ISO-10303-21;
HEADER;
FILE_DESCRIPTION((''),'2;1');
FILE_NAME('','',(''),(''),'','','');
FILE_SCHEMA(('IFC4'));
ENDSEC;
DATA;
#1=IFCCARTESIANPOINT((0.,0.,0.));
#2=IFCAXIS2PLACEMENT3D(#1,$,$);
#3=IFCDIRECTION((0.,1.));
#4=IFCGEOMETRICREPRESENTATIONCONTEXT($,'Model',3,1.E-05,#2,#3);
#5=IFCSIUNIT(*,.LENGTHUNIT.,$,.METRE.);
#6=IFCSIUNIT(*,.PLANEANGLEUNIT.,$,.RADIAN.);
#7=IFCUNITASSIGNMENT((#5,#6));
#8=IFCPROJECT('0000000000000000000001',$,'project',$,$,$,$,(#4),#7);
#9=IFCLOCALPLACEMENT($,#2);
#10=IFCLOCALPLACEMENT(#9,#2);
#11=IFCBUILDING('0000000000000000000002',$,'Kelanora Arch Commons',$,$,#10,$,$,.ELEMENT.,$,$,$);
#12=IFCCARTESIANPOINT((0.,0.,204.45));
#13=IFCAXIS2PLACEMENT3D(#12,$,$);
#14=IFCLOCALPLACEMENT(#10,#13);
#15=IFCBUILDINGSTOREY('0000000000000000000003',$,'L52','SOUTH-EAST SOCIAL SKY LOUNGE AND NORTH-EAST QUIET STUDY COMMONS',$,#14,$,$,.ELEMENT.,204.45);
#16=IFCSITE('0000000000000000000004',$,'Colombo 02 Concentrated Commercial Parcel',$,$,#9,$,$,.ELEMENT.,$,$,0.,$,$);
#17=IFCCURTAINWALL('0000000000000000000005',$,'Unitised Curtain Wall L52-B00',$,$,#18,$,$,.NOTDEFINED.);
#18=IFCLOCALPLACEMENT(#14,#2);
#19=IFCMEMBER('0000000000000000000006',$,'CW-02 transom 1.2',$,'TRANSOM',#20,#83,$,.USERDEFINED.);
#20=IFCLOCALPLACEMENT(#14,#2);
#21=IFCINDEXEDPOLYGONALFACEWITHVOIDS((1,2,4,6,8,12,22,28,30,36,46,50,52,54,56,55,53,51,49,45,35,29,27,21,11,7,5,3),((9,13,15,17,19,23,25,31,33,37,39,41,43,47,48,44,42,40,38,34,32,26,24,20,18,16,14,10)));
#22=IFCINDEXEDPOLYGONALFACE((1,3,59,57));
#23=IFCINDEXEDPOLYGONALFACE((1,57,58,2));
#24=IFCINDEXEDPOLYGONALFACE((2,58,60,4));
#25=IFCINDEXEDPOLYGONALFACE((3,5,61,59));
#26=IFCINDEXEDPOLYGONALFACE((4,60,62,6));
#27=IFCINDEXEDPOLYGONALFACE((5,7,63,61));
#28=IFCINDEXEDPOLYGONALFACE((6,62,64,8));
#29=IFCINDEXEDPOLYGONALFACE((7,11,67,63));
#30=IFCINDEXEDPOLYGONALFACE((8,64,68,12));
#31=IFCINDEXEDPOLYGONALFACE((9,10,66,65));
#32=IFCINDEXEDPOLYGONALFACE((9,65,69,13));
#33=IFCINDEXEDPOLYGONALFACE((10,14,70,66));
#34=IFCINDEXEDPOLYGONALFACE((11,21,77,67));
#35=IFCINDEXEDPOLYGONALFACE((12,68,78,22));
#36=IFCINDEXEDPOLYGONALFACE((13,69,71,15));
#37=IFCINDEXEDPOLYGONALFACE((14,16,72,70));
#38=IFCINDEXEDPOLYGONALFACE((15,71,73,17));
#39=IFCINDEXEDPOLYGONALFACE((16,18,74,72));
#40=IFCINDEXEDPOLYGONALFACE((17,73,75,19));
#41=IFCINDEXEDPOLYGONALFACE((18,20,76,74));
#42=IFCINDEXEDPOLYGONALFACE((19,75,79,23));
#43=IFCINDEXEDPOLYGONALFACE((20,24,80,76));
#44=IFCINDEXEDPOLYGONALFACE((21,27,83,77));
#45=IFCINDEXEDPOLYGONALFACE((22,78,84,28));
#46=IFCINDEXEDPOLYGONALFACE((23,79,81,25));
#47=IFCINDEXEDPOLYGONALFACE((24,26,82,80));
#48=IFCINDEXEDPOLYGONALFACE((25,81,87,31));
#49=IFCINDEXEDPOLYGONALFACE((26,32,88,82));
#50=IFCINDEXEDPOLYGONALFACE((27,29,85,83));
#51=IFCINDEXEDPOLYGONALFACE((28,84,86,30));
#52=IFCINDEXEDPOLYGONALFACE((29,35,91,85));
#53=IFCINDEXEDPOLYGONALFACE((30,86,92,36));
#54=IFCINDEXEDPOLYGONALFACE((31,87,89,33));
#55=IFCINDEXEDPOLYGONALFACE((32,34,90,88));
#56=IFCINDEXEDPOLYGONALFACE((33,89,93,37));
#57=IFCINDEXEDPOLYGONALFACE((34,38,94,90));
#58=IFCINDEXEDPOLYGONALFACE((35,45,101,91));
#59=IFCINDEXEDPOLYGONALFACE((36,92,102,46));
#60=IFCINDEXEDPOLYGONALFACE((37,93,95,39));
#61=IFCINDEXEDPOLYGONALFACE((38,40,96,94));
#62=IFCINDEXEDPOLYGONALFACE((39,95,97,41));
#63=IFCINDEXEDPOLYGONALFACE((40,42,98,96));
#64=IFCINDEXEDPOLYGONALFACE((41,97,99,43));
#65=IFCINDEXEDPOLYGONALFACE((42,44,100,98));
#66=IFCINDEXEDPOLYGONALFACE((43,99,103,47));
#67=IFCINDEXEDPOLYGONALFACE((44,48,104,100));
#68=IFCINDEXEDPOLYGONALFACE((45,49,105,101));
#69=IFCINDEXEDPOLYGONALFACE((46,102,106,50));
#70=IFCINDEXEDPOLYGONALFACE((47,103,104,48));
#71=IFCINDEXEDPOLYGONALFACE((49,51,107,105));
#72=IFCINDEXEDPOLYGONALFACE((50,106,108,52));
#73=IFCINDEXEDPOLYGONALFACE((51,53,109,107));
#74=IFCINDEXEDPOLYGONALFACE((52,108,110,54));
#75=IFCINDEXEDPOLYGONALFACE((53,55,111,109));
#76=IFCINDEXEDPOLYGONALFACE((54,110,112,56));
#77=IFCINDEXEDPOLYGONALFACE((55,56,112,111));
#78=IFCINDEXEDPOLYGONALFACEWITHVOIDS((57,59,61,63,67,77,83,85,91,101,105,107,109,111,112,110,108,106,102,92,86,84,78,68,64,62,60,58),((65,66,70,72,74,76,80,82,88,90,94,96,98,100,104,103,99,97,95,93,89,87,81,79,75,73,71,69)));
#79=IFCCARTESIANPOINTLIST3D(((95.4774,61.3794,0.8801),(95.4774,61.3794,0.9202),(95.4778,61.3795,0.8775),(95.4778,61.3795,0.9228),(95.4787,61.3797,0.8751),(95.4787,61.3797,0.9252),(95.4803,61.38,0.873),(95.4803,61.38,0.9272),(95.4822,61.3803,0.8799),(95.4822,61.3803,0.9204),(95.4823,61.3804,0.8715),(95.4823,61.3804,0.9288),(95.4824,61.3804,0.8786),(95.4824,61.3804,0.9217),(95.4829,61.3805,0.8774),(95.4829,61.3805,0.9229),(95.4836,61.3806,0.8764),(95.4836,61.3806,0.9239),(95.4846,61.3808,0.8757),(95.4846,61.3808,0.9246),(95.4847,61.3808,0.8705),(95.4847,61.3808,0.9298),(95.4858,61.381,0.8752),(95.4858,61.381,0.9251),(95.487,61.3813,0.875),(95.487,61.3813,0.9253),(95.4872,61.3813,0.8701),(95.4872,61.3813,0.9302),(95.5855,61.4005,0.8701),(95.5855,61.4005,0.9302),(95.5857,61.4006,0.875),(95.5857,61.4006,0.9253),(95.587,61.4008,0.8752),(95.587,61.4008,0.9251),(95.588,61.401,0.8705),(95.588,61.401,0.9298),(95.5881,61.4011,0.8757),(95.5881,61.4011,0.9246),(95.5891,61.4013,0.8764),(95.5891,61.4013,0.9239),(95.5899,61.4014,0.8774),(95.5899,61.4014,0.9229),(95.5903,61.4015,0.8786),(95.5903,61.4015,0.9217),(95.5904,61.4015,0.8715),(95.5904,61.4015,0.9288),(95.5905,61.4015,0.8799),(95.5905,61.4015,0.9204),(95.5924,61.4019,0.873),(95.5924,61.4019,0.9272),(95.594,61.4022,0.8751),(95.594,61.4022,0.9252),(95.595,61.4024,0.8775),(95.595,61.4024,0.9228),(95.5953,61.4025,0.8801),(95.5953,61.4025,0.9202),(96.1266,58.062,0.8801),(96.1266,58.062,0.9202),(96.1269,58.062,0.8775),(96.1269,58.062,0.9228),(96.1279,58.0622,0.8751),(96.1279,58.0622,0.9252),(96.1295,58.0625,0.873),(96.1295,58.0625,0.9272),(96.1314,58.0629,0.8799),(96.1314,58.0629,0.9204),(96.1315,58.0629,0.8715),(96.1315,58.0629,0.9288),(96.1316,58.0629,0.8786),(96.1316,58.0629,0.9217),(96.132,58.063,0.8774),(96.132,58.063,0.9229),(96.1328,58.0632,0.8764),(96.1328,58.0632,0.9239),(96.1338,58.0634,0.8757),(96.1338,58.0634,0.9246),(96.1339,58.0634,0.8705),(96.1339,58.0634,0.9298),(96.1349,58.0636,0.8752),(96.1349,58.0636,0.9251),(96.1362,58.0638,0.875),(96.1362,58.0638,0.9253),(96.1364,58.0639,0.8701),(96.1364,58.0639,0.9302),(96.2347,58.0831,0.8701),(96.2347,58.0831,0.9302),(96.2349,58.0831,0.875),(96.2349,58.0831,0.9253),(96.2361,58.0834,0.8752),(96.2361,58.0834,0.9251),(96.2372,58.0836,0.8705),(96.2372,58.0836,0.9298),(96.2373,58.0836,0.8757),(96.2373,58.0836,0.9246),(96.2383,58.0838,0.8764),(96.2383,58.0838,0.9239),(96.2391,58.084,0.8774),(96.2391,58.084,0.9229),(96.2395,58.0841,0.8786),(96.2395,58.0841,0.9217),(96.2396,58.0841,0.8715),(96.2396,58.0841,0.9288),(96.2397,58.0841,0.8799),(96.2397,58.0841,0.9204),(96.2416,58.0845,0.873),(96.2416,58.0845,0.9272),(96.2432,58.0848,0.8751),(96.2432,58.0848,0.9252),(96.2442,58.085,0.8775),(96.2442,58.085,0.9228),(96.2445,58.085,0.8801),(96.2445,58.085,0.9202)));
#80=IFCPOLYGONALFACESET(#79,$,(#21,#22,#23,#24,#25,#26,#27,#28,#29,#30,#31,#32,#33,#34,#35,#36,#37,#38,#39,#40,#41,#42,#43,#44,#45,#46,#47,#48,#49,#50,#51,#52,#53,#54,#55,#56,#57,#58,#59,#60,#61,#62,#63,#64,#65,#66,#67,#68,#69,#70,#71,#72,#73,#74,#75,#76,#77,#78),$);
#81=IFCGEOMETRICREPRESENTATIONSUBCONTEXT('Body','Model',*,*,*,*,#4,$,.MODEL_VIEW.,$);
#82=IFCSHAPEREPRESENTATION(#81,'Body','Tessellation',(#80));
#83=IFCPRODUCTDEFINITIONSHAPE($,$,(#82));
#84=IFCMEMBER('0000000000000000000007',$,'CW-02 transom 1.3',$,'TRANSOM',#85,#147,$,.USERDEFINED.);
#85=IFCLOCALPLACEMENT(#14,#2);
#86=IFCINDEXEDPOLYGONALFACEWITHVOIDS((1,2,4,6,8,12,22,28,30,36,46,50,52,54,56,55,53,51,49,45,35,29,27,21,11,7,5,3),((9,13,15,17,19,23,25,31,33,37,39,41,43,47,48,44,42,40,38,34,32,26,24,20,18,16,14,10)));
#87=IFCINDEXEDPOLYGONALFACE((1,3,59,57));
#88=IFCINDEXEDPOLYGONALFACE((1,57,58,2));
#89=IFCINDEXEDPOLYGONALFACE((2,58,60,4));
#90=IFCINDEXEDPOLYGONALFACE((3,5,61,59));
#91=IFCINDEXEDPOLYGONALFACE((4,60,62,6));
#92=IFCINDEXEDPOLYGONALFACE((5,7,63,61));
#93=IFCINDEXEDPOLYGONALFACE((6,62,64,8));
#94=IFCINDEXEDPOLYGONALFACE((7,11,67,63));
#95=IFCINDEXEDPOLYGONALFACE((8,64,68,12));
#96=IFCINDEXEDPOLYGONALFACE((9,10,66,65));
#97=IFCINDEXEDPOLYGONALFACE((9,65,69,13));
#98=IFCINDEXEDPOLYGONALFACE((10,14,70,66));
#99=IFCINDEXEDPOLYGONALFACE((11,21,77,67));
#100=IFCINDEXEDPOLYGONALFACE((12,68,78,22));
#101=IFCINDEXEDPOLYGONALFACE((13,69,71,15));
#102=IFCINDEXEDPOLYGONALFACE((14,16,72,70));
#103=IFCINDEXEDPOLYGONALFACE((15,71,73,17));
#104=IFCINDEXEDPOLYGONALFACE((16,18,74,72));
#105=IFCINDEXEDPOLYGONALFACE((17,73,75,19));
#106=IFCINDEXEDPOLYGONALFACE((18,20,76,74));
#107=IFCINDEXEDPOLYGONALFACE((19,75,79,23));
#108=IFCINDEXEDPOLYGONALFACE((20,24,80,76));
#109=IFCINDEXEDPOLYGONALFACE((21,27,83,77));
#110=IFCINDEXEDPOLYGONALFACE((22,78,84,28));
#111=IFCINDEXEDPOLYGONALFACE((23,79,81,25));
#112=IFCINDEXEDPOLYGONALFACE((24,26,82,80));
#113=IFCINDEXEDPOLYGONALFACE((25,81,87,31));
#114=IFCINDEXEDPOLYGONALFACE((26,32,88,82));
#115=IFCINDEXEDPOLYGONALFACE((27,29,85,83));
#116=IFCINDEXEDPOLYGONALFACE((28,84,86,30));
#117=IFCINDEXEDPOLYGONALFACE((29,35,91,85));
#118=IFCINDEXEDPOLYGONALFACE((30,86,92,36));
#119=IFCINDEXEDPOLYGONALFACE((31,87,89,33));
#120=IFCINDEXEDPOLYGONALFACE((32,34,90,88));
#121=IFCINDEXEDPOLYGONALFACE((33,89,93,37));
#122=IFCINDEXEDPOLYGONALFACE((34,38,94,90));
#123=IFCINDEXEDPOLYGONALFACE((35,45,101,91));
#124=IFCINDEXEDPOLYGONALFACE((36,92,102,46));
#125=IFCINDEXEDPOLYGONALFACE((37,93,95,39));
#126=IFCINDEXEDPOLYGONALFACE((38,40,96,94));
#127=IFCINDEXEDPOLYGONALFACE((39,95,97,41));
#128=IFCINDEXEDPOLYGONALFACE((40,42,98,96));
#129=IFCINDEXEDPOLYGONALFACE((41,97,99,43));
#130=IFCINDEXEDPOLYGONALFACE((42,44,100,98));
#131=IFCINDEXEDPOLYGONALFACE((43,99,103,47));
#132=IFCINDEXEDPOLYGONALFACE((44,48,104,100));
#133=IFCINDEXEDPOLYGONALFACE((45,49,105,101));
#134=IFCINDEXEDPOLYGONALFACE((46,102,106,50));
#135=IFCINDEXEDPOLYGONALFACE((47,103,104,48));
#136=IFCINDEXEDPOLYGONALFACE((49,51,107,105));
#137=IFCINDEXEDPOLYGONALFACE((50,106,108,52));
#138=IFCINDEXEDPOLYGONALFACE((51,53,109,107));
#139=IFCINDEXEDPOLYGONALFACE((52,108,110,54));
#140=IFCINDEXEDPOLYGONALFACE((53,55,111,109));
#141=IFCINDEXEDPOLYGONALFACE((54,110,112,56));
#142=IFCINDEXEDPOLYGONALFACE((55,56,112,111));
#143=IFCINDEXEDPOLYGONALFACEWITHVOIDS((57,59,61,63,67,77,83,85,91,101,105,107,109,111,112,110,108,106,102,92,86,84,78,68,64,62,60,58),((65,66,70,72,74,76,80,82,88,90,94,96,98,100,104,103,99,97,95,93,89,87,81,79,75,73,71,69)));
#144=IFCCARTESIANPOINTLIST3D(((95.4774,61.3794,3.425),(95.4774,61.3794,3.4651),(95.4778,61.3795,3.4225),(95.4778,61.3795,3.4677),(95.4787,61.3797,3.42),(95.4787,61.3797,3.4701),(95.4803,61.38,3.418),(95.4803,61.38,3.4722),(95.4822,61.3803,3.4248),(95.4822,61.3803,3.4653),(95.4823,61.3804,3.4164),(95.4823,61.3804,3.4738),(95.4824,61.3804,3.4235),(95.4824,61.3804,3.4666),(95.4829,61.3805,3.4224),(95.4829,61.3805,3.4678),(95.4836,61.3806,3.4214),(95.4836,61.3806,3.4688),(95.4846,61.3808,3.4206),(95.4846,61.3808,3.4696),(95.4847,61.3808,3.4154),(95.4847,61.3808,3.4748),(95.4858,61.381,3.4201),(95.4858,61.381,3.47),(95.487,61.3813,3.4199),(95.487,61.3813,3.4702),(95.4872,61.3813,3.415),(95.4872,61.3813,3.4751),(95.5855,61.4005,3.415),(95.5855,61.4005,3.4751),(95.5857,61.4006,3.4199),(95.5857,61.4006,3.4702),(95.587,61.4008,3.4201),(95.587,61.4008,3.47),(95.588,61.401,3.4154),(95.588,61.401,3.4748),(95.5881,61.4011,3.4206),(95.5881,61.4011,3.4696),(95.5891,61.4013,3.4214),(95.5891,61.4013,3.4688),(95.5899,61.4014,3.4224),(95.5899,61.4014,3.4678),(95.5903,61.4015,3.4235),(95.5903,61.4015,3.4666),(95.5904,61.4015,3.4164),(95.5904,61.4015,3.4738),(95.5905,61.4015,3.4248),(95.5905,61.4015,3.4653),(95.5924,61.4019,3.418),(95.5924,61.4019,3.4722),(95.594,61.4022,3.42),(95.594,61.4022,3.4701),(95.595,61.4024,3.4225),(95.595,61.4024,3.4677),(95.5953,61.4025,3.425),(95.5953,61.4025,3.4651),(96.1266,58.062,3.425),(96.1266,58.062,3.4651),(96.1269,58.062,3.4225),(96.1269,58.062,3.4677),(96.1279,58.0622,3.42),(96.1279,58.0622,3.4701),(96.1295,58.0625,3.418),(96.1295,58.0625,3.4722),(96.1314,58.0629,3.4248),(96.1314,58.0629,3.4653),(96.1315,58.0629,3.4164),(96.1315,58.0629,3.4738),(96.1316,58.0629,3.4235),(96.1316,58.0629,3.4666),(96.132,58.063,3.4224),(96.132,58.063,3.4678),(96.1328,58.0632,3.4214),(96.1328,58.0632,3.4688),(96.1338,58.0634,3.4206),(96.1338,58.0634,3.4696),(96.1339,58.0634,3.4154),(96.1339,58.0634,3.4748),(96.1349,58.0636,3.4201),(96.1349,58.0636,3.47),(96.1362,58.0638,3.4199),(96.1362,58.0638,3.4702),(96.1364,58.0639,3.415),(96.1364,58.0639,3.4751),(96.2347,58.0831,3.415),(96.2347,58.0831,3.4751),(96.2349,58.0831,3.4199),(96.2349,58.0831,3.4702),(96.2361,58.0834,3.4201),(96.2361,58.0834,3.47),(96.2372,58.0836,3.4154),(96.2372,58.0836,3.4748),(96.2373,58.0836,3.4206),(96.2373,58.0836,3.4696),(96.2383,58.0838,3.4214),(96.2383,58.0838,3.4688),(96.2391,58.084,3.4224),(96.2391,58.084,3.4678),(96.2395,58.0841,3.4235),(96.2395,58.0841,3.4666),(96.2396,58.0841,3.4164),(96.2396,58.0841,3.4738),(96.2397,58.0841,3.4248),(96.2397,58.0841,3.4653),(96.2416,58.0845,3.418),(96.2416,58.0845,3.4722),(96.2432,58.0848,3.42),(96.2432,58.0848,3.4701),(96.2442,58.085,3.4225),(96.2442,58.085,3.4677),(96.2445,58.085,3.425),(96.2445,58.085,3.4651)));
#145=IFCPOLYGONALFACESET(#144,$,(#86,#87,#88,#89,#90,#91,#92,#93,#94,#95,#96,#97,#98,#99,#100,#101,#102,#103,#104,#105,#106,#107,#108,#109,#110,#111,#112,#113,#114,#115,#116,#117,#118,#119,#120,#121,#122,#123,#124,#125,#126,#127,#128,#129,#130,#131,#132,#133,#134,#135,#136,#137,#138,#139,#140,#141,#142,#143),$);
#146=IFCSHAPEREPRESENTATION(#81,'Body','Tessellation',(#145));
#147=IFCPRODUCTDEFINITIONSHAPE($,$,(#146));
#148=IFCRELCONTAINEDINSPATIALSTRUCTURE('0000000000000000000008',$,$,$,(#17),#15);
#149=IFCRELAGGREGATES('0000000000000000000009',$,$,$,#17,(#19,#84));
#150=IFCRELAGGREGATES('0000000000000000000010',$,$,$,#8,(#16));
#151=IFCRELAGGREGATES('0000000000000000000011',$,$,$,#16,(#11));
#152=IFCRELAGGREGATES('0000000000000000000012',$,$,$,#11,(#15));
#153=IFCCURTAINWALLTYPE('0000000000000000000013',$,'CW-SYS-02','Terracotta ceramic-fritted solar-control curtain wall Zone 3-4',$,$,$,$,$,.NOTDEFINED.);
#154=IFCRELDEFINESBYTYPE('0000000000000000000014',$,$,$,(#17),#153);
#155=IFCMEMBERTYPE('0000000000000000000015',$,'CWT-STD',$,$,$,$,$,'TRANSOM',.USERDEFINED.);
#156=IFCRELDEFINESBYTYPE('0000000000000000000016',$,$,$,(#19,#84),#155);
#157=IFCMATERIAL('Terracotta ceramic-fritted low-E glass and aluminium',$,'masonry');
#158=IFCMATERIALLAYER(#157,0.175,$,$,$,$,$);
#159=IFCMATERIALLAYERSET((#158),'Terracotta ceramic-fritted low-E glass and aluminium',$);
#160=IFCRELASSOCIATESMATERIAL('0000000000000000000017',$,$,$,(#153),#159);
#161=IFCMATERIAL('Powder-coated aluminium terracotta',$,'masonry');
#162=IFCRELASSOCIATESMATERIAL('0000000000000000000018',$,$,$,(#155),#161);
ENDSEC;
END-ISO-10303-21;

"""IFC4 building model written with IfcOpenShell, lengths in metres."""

from ifc_helpers import new_model, si_unit, direction, frame, origin, origin_2d, place, context, subcontext, project, spatial, hollow_rectangle, extrude, material, layer, layer_set, material_profile, profile_set, type_object, element, aggregate, save


model = new_model("IFC4")

# Units and contexts
model_context = context("Model", 3, precision=1e-05, world=origin(), true_north=direction((0.0, 1.0)))
body_context = subcontext(model_context, "Body", "Model", "MODEL_VIEW")
ifc_project = project(units=[si_unit("LENGTHUNIT", "METRE"), si_unit("PLANEANGLEUNIT", "RADIAN")], contexts=[model_context])

# Site, building, storey
site_placement = place(None, origin())
site = spatial("IfcSite", under=ifc_project, at=site_placement, Name="Colombo 02 Concentrated Commercial Parcel", CompositionType="ELEMENT", RefElevation=0.0)
building_placement = place(site_placement, origin())
building = spatial("IfcBuilding", under=site, at=building_placement, Name="Kelanora Arch Commons", CompositionType="ELEMENT")
storey_placement = place(building_placement, frame((0.0, 0.0, 204.45)))
storey = spatial("IfcBuildingStorey", under=building, at=storey_placement, Name="L52", Description="SOUTH-EAST SOCIAL SKY LOUNGE AND NORTH-EAST QUIET STUDY COMMONS", CompositionType="ELEMENT", Elevation=204.45)

# Curtain wall, members
ifc_material_1 = material(Name="Terracotta ceramic-fritted low-E glass and aluminium", Category="masonry")
ifc_layer_1 = layer(ifc_material_1, 0.175)
ifc_layer_set_1 = layer_set([ifc_layer_1], Name="Terracotta ceramic-fritted low-E glass and aluminium")
curtain_wall_type = type_object("IfcCurtainWallType", Name="CW-SYS-02", Description="Terracotta ceramic-fritted solar-control curtain wall Zone 3-4", PredefinedType="NOTDEFINED", material=ifc_layer_set_1)
curtain_wall_placement = place(storey_placement, origin())
curtain_wall = element("IfcCurtainWall", 1, at=curtain_wall_placement, inside=storey, type_object=curtain_wall_type, Name="Unitised Curtain Wall L52-B00", PredefinedType="NOTDEFINED")
ifc_material_2 = material(Name="Powder-coated aluminium terracotta", Category="masonry")
ifc_material_profile_1 = material_profile(ifc_material_2, hollow_rectangle(XDim=0.1201, YDim=0.0601, WallThickness=0.0049, InnerFilletRadius=0.0049, OuterFilletRadius=0.01, at=origin_2d()), Name="CWT120x60")
ifc_profile_set_1 = profile_set([ifc_material_profile_1], Name="Powder-coated aluminium terracotta")
member_type_1 = type_object("IfcMemberType", Name="CWT-STD", ElementType="TRANSOM", PredefinedType="USERDEFINED", material=ifc_profile_set_1)
member_1_placement = place(storey_placement, frame((96.1855, 58.0735, 0.9001), z_axis=(-0.192045, 0.981386, 0.0), x_axis=(-0.981386, -0.192045, 0.0)))
member_1 = element("IfcMember", 2, at=member_1_placement, type_object=member_type_1, Name="CW-02 transom 1.2", ObjectType="TRANSOM", PredefinedType="USERDEFINED", context=body_context, shape_type="SweptSolid", body=[
    extrude(hollow_rectangle(XDim=0.1201, YDim=0.0601, WallThickness=0.0049, InnerFilletRadius=0.0049, OuterFilletRadius=0.01, at=origin_2d()), origin(), (0.0, 0.0, 1.0), 3.3804),
])
member_2_placement = place(storey_placement, frame((96.1855, 58.0735, 3.4451), z_axis=(-0.192045, 0.981386, 0.0), x_axis=(-0.981386, -0.192045, 0.0)))
member_2 = element("IfcMember", 3, at=member_2_placement, type_object=member_type_1, Name="CW-02 transom 1.3", ObjectType="TRANSOM", PredefinedType="USERDEFINED", context=body_context, shape_type="SweptSolid", body=[
    extrude(hollow_rectangle(XDim=0.1201, YDim=0.0601, WallThickness=0.0049, InnerFilletRadius=0.0049, OuterFilletRadius=0.01, at=origin_2d()), origin(), (0.0, 0.0, 1.0), 3.3804),
])
aggregate(curtain_wall, [member_1, member_2])

save(model, "model.ifc")
